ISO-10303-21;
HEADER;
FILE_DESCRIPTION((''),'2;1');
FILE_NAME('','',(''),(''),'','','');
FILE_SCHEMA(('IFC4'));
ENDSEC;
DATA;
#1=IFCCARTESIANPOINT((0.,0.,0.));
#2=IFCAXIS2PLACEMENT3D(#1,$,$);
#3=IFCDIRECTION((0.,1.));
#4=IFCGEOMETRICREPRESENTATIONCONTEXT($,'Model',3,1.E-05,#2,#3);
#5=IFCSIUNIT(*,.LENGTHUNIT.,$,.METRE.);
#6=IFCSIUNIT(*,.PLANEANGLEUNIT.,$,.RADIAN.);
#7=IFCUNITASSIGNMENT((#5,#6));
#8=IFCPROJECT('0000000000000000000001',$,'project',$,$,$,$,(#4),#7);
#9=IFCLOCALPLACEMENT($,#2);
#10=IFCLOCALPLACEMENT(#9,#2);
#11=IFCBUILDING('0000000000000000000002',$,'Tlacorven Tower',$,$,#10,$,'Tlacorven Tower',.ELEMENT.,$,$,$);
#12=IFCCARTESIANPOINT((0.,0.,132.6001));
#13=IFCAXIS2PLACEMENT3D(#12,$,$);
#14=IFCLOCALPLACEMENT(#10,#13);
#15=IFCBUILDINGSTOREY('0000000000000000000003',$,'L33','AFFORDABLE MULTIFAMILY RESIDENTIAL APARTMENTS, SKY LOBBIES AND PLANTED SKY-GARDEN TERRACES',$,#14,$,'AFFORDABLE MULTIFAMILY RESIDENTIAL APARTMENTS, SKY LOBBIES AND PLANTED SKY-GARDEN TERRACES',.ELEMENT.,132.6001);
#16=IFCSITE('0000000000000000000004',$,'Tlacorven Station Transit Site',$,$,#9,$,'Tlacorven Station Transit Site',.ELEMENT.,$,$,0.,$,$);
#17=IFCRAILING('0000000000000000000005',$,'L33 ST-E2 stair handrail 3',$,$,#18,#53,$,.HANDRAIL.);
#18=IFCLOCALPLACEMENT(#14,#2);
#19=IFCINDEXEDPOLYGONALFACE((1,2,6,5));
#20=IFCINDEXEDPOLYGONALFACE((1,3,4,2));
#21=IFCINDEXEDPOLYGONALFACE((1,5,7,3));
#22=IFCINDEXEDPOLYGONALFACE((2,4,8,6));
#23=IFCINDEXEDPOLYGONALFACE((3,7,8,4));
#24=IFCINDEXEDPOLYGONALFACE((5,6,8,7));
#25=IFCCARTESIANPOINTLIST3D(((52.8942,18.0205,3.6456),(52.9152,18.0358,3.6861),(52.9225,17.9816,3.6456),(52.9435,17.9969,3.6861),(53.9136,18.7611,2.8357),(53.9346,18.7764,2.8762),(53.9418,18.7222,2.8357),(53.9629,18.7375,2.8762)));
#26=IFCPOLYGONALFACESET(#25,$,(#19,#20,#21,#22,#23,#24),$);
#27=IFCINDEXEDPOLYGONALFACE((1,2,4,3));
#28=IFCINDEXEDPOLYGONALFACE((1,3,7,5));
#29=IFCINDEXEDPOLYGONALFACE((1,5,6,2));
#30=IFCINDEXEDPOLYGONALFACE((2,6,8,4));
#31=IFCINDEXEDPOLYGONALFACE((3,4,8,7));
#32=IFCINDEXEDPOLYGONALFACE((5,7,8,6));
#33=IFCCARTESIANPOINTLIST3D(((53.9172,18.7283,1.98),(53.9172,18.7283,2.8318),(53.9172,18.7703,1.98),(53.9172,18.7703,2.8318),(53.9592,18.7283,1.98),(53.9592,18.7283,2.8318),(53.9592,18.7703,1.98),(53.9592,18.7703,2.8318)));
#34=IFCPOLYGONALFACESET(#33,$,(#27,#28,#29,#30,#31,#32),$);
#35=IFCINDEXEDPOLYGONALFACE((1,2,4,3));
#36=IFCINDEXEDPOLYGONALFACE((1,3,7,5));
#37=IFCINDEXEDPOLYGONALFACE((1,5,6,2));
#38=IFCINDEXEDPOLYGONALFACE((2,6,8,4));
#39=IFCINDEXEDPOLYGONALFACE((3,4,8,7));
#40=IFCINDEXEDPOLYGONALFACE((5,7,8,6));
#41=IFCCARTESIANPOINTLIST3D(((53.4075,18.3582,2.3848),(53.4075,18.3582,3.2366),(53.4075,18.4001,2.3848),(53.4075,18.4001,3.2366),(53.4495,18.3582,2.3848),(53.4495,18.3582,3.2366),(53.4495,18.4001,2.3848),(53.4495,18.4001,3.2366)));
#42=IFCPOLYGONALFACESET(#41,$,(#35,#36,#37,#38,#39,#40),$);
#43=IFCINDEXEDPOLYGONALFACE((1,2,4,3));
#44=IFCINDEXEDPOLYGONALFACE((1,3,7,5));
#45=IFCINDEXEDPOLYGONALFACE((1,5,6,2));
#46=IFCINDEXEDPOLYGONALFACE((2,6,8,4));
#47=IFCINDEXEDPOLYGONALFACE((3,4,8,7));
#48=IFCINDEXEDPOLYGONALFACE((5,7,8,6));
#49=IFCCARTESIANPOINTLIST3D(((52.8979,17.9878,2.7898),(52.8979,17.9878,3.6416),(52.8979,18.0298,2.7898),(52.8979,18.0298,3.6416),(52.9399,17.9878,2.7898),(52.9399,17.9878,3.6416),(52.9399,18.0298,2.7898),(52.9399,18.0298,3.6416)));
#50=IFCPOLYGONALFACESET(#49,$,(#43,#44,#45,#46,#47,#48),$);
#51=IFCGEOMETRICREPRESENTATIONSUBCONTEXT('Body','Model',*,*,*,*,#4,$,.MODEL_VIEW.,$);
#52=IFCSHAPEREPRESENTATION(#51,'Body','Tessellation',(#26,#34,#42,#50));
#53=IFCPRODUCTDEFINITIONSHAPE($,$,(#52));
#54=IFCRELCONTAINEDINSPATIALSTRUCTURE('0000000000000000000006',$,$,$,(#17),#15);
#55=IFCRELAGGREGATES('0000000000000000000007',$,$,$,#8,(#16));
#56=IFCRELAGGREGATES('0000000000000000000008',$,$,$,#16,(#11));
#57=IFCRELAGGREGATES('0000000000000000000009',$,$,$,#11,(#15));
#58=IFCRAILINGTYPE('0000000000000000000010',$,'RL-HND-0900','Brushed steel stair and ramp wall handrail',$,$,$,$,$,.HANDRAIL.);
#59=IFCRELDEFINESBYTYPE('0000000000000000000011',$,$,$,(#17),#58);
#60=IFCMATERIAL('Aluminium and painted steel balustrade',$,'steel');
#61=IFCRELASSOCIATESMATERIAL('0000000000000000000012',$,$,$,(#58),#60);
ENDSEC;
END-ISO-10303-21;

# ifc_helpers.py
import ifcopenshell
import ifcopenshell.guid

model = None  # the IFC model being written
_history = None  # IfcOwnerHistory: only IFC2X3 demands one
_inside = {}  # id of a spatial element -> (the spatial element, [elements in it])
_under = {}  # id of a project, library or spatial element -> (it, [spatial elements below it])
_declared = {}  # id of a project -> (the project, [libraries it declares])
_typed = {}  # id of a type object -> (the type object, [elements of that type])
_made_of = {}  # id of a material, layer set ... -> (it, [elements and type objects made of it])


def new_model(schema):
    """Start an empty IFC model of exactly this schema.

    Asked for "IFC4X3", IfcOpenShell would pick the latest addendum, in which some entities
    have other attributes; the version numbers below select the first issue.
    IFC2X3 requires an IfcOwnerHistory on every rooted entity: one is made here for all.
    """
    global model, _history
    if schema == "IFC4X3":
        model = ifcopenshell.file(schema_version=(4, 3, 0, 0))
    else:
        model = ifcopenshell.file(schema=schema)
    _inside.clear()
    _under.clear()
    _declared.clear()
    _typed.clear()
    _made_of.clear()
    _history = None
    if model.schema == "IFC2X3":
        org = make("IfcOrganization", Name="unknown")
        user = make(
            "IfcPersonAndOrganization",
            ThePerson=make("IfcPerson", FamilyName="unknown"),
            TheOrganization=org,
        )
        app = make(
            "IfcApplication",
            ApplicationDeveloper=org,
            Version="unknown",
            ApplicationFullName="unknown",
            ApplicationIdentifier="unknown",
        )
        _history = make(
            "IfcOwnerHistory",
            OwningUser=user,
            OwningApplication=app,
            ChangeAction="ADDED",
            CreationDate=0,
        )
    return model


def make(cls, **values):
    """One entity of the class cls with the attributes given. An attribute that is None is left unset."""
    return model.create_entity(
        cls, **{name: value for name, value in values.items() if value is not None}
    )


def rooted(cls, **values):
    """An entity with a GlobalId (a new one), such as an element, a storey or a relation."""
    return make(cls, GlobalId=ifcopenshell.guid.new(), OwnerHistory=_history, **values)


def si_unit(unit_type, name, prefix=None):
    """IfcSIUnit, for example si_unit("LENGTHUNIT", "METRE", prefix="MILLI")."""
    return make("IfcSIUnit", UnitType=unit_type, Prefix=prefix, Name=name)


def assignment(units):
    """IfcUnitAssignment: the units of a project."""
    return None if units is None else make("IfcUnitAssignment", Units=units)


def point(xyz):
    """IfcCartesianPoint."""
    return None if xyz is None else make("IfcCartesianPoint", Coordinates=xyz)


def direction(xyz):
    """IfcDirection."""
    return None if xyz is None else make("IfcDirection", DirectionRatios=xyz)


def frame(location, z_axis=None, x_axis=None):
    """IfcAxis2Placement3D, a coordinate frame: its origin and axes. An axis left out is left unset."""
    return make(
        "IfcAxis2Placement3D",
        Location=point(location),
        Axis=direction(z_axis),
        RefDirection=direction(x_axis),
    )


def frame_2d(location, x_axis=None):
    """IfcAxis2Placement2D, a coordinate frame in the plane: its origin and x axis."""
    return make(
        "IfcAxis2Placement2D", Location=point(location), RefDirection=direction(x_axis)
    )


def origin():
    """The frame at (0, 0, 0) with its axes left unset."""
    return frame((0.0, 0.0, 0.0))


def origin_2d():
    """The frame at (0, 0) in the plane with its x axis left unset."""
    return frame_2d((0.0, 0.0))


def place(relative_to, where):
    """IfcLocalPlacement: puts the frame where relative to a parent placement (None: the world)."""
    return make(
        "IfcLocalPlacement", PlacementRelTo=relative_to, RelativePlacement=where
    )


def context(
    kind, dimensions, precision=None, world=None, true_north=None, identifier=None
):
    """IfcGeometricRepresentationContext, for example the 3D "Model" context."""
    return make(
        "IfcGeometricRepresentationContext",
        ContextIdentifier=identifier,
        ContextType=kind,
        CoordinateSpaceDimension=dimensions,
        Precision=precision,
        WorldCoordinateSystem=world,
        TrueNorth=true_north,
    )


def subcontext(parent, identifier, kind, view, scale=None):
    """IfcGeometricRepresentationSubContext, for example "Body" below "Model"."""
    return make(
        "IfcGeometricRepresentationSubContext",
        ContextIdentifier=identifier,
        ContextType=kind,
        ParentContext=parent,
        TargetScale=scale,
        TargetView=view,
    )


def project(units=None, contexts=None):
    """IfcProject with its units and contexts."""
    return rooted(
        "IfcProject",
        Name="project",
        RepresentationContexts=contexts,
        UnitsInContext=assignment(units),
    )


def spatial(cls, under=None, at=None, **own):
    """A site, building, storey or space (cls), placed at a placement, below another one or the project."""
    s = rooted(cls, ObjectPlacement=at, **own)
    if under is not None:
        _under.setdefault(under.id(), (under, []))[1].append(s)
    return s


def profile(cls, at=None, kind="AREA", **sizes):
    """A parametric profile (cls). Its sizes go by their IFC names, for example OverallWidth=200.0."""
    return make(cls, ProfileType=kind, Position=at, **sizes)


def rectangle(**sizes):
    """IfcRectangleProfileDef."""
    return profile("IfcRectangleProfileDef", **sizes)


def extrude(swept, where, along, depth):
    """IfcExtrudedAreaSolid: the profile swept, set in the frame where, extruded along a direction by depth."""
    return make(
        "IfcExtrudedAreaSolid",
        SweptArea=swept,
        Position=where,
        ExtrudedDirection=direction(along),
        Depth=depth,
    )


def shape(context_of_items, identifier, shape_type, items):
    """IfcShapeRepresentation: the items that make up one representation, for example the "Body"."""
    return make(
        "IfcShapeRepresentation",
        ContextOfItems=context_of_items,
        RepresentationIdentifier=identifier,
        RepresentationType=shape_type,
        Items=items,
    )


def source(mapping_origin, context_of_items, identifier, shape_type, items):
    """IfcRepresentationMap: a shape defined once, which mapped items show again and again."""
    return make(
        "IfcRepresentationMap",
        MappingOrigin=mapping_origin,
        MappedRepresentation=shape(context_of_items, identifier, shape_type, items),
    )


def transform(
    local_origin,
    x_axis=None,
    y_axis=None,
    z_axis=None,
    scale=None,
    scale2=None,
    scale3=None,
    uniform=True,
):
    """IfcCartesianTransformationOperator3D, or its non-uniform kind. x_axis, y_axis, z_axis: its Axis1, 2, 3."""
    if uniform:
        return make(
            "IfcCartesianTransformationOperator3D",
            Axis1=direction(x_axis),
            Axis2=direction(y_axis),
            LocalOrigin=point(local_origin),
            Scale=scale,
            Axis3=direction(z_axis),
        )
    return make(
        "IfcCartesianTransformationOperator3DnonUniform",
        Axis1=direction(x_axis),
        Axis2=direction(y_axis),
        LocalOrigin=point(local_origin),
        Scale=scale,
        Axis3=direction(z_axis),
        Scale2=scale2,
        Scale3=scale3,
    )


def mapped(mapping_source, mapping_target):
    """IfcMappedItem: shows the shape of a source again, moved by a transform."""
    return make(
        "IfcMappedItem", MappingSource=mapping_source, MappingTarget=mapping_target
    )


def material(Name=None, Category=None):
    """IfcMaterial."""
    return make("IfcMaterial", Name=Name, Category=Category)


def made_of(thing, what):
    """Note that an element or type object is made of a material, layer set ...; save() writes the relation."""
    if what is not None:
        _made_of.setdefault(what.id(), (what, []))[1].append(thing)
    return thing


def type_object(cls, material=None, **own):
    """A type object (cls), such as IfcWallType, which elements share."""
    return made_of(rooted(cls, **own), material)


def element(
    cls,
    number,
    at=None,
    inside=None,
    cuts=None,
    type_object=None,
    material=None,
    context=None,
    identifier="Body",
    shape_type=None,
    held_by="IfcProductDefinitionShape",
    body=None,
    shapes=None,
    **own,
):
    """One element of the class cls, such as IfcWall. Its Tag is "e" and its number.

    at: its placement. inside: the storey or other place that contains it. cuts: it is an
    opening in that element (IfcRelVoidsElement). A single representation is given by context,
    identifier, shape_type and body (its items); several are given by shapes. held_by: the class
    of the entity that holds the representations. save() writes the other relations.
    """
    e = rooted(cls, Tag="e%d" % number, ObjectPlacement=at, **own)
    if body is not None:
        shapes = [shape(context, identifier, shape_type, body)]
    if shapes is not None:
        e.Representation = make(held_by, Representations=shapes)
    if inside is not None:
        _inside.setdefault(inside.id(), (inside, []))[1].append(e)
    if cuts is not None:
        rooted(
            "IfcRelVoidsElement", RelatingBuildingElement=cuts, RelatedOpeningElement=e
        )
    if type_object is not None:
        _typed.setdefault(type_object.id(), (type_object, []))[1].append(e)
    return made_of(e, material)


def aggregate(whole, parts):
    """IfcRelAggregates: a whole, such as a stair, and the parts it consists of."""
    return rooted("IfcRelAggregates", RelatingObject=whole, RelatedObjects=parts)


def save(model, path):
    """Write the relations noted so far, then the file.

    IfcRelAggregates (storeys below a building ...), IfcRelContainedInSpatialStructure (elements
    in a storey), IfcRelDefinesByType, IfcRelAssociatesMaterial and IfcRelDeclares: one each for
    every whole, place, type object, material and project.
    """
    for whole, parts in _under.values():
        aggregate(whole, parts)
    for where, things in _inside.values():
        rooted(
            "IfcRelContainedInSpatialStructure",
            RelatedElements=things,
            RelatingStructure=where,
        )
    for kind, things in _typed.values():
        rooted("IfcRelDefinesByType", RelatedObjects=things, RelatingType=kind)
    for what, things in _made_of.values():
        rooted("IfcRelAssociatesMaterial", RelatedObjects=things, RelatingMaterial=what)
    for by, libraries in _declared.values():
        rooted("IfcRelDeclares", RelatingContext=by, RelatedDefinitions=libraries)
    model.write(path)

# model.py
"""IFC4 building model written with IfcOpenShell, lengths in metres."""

from ifc_helpers import new_model, si_unit, direction, frame, origin, origin_2d, place, context, subcontext, project, spatial, rectangle, extrude, source, transform, mapped, material, type_object, element, save


model = new_model("IFC4")

# Units and contexts
model_context = context("Model", 3, precision=1e-05, world=origin(), true_north=direction((0.0, 1.0)))
body_context = subcontext(model_context, "Body", "Model", "MODEL_VIEW")
ifc_project = project(units=[si_unit("LENGTHUNIT", "METRE"), si_unit("PLANEANGLEUNIT", "RADIAN")], contexts=[model_context])

# Site, building, storey
site_placement = place(None, origin())
site = spatial("IfcSite", under=ifc_project, at=site_placement, Name="Tlacorven Station Transit Site", LongName="Tlacorven Station Transit Site", CompositionType="ELEMENT", RefElevation=0.0)
building_placement = place(site_placement, origin())
building = spatial("IfcBuilding", under=site, at=building_placement, Name="Tlacorven Tower", LongName="Tlacorven Tower", CompositionType="ELEMENT")
storey_placement = place(building_placement, frame((0.0, 0.0, 132.6001)))
storey = spatial("IfcBuildingStorey", under=building, at=storey_placement, Name="L33", Description="AFFORDABLE MULTIFAMILY RESIDENTIAL APARTMENTS, SKY LOBBIES AND PLANTED SKY-GARDEN TERRACES", LongName="AFFORDABLE MULTIFAMILY RESIDENTIAL APARTMENTS, SKY LOBBIES AND PLANTED SKY-GARDEN TERRACES", CompositionType="ELEMENT", Elevation=132.6001)

# Railing
ifc_material_1 = material(Name="Aluminium and painted steel balustrade", Category="steel")
railing_type_1 = type_object("IfcRailingType", Name="RL-HND-0900", Description="Brushed steel stair and ramp wall handrail", PredefinedType="HANDRAIL", material=ifc_material_1)
shared_shape_1 = source(origin(), body_context, "Body", "SweptSolid", [
    extrude(rectangle(XDim=0.0481, YDim=0.0481, at=origin_2d()), frame((0.0, 0.0, 0.876), z_axis=(-0.680576, -0.494416, 0.540712), x_axis=(0.587745, -0.809046, 0.0)), (0.0, 0.0, 1.0), 1.4978),
    extrude(rectangle(XDim=0.042, YDim=0.042, at=origin_2d()), origin(), (0.0, 0.0, 1.0), 0.8518),
    extrude(rectangle(XDim=0.042, YDim=0.042, at=origin_2d()), frame((-0.5098, -0.3701, 0.4048)), (0.0, 0.0, 1.0), 0.8518),
    extrude(rectangle(XDim=0.042, YDim=0.042, at=origin_2d()), frame((-1.0193, -0.7405, 0.8098)), (0.0, 0.0, 1.0), 0.8518),
])
railing_1_placement = place(storey_placement, frame((53.9382, 18.7493, 1.98)))
element("IfcRailing", 1, at=railing_1_placement, inside=storey, type_object=railing_type_1, Name="L33 ST-E2 stair handrail 3", PredefinedType="HANDRAIL", context=body_context, shape_type="MappedRepresentation", body=[
    mapped(shared_shape_1, transform((0.0, 0.0, 0.0), scale=1.0)),
])

save(model, "model.ifc")
